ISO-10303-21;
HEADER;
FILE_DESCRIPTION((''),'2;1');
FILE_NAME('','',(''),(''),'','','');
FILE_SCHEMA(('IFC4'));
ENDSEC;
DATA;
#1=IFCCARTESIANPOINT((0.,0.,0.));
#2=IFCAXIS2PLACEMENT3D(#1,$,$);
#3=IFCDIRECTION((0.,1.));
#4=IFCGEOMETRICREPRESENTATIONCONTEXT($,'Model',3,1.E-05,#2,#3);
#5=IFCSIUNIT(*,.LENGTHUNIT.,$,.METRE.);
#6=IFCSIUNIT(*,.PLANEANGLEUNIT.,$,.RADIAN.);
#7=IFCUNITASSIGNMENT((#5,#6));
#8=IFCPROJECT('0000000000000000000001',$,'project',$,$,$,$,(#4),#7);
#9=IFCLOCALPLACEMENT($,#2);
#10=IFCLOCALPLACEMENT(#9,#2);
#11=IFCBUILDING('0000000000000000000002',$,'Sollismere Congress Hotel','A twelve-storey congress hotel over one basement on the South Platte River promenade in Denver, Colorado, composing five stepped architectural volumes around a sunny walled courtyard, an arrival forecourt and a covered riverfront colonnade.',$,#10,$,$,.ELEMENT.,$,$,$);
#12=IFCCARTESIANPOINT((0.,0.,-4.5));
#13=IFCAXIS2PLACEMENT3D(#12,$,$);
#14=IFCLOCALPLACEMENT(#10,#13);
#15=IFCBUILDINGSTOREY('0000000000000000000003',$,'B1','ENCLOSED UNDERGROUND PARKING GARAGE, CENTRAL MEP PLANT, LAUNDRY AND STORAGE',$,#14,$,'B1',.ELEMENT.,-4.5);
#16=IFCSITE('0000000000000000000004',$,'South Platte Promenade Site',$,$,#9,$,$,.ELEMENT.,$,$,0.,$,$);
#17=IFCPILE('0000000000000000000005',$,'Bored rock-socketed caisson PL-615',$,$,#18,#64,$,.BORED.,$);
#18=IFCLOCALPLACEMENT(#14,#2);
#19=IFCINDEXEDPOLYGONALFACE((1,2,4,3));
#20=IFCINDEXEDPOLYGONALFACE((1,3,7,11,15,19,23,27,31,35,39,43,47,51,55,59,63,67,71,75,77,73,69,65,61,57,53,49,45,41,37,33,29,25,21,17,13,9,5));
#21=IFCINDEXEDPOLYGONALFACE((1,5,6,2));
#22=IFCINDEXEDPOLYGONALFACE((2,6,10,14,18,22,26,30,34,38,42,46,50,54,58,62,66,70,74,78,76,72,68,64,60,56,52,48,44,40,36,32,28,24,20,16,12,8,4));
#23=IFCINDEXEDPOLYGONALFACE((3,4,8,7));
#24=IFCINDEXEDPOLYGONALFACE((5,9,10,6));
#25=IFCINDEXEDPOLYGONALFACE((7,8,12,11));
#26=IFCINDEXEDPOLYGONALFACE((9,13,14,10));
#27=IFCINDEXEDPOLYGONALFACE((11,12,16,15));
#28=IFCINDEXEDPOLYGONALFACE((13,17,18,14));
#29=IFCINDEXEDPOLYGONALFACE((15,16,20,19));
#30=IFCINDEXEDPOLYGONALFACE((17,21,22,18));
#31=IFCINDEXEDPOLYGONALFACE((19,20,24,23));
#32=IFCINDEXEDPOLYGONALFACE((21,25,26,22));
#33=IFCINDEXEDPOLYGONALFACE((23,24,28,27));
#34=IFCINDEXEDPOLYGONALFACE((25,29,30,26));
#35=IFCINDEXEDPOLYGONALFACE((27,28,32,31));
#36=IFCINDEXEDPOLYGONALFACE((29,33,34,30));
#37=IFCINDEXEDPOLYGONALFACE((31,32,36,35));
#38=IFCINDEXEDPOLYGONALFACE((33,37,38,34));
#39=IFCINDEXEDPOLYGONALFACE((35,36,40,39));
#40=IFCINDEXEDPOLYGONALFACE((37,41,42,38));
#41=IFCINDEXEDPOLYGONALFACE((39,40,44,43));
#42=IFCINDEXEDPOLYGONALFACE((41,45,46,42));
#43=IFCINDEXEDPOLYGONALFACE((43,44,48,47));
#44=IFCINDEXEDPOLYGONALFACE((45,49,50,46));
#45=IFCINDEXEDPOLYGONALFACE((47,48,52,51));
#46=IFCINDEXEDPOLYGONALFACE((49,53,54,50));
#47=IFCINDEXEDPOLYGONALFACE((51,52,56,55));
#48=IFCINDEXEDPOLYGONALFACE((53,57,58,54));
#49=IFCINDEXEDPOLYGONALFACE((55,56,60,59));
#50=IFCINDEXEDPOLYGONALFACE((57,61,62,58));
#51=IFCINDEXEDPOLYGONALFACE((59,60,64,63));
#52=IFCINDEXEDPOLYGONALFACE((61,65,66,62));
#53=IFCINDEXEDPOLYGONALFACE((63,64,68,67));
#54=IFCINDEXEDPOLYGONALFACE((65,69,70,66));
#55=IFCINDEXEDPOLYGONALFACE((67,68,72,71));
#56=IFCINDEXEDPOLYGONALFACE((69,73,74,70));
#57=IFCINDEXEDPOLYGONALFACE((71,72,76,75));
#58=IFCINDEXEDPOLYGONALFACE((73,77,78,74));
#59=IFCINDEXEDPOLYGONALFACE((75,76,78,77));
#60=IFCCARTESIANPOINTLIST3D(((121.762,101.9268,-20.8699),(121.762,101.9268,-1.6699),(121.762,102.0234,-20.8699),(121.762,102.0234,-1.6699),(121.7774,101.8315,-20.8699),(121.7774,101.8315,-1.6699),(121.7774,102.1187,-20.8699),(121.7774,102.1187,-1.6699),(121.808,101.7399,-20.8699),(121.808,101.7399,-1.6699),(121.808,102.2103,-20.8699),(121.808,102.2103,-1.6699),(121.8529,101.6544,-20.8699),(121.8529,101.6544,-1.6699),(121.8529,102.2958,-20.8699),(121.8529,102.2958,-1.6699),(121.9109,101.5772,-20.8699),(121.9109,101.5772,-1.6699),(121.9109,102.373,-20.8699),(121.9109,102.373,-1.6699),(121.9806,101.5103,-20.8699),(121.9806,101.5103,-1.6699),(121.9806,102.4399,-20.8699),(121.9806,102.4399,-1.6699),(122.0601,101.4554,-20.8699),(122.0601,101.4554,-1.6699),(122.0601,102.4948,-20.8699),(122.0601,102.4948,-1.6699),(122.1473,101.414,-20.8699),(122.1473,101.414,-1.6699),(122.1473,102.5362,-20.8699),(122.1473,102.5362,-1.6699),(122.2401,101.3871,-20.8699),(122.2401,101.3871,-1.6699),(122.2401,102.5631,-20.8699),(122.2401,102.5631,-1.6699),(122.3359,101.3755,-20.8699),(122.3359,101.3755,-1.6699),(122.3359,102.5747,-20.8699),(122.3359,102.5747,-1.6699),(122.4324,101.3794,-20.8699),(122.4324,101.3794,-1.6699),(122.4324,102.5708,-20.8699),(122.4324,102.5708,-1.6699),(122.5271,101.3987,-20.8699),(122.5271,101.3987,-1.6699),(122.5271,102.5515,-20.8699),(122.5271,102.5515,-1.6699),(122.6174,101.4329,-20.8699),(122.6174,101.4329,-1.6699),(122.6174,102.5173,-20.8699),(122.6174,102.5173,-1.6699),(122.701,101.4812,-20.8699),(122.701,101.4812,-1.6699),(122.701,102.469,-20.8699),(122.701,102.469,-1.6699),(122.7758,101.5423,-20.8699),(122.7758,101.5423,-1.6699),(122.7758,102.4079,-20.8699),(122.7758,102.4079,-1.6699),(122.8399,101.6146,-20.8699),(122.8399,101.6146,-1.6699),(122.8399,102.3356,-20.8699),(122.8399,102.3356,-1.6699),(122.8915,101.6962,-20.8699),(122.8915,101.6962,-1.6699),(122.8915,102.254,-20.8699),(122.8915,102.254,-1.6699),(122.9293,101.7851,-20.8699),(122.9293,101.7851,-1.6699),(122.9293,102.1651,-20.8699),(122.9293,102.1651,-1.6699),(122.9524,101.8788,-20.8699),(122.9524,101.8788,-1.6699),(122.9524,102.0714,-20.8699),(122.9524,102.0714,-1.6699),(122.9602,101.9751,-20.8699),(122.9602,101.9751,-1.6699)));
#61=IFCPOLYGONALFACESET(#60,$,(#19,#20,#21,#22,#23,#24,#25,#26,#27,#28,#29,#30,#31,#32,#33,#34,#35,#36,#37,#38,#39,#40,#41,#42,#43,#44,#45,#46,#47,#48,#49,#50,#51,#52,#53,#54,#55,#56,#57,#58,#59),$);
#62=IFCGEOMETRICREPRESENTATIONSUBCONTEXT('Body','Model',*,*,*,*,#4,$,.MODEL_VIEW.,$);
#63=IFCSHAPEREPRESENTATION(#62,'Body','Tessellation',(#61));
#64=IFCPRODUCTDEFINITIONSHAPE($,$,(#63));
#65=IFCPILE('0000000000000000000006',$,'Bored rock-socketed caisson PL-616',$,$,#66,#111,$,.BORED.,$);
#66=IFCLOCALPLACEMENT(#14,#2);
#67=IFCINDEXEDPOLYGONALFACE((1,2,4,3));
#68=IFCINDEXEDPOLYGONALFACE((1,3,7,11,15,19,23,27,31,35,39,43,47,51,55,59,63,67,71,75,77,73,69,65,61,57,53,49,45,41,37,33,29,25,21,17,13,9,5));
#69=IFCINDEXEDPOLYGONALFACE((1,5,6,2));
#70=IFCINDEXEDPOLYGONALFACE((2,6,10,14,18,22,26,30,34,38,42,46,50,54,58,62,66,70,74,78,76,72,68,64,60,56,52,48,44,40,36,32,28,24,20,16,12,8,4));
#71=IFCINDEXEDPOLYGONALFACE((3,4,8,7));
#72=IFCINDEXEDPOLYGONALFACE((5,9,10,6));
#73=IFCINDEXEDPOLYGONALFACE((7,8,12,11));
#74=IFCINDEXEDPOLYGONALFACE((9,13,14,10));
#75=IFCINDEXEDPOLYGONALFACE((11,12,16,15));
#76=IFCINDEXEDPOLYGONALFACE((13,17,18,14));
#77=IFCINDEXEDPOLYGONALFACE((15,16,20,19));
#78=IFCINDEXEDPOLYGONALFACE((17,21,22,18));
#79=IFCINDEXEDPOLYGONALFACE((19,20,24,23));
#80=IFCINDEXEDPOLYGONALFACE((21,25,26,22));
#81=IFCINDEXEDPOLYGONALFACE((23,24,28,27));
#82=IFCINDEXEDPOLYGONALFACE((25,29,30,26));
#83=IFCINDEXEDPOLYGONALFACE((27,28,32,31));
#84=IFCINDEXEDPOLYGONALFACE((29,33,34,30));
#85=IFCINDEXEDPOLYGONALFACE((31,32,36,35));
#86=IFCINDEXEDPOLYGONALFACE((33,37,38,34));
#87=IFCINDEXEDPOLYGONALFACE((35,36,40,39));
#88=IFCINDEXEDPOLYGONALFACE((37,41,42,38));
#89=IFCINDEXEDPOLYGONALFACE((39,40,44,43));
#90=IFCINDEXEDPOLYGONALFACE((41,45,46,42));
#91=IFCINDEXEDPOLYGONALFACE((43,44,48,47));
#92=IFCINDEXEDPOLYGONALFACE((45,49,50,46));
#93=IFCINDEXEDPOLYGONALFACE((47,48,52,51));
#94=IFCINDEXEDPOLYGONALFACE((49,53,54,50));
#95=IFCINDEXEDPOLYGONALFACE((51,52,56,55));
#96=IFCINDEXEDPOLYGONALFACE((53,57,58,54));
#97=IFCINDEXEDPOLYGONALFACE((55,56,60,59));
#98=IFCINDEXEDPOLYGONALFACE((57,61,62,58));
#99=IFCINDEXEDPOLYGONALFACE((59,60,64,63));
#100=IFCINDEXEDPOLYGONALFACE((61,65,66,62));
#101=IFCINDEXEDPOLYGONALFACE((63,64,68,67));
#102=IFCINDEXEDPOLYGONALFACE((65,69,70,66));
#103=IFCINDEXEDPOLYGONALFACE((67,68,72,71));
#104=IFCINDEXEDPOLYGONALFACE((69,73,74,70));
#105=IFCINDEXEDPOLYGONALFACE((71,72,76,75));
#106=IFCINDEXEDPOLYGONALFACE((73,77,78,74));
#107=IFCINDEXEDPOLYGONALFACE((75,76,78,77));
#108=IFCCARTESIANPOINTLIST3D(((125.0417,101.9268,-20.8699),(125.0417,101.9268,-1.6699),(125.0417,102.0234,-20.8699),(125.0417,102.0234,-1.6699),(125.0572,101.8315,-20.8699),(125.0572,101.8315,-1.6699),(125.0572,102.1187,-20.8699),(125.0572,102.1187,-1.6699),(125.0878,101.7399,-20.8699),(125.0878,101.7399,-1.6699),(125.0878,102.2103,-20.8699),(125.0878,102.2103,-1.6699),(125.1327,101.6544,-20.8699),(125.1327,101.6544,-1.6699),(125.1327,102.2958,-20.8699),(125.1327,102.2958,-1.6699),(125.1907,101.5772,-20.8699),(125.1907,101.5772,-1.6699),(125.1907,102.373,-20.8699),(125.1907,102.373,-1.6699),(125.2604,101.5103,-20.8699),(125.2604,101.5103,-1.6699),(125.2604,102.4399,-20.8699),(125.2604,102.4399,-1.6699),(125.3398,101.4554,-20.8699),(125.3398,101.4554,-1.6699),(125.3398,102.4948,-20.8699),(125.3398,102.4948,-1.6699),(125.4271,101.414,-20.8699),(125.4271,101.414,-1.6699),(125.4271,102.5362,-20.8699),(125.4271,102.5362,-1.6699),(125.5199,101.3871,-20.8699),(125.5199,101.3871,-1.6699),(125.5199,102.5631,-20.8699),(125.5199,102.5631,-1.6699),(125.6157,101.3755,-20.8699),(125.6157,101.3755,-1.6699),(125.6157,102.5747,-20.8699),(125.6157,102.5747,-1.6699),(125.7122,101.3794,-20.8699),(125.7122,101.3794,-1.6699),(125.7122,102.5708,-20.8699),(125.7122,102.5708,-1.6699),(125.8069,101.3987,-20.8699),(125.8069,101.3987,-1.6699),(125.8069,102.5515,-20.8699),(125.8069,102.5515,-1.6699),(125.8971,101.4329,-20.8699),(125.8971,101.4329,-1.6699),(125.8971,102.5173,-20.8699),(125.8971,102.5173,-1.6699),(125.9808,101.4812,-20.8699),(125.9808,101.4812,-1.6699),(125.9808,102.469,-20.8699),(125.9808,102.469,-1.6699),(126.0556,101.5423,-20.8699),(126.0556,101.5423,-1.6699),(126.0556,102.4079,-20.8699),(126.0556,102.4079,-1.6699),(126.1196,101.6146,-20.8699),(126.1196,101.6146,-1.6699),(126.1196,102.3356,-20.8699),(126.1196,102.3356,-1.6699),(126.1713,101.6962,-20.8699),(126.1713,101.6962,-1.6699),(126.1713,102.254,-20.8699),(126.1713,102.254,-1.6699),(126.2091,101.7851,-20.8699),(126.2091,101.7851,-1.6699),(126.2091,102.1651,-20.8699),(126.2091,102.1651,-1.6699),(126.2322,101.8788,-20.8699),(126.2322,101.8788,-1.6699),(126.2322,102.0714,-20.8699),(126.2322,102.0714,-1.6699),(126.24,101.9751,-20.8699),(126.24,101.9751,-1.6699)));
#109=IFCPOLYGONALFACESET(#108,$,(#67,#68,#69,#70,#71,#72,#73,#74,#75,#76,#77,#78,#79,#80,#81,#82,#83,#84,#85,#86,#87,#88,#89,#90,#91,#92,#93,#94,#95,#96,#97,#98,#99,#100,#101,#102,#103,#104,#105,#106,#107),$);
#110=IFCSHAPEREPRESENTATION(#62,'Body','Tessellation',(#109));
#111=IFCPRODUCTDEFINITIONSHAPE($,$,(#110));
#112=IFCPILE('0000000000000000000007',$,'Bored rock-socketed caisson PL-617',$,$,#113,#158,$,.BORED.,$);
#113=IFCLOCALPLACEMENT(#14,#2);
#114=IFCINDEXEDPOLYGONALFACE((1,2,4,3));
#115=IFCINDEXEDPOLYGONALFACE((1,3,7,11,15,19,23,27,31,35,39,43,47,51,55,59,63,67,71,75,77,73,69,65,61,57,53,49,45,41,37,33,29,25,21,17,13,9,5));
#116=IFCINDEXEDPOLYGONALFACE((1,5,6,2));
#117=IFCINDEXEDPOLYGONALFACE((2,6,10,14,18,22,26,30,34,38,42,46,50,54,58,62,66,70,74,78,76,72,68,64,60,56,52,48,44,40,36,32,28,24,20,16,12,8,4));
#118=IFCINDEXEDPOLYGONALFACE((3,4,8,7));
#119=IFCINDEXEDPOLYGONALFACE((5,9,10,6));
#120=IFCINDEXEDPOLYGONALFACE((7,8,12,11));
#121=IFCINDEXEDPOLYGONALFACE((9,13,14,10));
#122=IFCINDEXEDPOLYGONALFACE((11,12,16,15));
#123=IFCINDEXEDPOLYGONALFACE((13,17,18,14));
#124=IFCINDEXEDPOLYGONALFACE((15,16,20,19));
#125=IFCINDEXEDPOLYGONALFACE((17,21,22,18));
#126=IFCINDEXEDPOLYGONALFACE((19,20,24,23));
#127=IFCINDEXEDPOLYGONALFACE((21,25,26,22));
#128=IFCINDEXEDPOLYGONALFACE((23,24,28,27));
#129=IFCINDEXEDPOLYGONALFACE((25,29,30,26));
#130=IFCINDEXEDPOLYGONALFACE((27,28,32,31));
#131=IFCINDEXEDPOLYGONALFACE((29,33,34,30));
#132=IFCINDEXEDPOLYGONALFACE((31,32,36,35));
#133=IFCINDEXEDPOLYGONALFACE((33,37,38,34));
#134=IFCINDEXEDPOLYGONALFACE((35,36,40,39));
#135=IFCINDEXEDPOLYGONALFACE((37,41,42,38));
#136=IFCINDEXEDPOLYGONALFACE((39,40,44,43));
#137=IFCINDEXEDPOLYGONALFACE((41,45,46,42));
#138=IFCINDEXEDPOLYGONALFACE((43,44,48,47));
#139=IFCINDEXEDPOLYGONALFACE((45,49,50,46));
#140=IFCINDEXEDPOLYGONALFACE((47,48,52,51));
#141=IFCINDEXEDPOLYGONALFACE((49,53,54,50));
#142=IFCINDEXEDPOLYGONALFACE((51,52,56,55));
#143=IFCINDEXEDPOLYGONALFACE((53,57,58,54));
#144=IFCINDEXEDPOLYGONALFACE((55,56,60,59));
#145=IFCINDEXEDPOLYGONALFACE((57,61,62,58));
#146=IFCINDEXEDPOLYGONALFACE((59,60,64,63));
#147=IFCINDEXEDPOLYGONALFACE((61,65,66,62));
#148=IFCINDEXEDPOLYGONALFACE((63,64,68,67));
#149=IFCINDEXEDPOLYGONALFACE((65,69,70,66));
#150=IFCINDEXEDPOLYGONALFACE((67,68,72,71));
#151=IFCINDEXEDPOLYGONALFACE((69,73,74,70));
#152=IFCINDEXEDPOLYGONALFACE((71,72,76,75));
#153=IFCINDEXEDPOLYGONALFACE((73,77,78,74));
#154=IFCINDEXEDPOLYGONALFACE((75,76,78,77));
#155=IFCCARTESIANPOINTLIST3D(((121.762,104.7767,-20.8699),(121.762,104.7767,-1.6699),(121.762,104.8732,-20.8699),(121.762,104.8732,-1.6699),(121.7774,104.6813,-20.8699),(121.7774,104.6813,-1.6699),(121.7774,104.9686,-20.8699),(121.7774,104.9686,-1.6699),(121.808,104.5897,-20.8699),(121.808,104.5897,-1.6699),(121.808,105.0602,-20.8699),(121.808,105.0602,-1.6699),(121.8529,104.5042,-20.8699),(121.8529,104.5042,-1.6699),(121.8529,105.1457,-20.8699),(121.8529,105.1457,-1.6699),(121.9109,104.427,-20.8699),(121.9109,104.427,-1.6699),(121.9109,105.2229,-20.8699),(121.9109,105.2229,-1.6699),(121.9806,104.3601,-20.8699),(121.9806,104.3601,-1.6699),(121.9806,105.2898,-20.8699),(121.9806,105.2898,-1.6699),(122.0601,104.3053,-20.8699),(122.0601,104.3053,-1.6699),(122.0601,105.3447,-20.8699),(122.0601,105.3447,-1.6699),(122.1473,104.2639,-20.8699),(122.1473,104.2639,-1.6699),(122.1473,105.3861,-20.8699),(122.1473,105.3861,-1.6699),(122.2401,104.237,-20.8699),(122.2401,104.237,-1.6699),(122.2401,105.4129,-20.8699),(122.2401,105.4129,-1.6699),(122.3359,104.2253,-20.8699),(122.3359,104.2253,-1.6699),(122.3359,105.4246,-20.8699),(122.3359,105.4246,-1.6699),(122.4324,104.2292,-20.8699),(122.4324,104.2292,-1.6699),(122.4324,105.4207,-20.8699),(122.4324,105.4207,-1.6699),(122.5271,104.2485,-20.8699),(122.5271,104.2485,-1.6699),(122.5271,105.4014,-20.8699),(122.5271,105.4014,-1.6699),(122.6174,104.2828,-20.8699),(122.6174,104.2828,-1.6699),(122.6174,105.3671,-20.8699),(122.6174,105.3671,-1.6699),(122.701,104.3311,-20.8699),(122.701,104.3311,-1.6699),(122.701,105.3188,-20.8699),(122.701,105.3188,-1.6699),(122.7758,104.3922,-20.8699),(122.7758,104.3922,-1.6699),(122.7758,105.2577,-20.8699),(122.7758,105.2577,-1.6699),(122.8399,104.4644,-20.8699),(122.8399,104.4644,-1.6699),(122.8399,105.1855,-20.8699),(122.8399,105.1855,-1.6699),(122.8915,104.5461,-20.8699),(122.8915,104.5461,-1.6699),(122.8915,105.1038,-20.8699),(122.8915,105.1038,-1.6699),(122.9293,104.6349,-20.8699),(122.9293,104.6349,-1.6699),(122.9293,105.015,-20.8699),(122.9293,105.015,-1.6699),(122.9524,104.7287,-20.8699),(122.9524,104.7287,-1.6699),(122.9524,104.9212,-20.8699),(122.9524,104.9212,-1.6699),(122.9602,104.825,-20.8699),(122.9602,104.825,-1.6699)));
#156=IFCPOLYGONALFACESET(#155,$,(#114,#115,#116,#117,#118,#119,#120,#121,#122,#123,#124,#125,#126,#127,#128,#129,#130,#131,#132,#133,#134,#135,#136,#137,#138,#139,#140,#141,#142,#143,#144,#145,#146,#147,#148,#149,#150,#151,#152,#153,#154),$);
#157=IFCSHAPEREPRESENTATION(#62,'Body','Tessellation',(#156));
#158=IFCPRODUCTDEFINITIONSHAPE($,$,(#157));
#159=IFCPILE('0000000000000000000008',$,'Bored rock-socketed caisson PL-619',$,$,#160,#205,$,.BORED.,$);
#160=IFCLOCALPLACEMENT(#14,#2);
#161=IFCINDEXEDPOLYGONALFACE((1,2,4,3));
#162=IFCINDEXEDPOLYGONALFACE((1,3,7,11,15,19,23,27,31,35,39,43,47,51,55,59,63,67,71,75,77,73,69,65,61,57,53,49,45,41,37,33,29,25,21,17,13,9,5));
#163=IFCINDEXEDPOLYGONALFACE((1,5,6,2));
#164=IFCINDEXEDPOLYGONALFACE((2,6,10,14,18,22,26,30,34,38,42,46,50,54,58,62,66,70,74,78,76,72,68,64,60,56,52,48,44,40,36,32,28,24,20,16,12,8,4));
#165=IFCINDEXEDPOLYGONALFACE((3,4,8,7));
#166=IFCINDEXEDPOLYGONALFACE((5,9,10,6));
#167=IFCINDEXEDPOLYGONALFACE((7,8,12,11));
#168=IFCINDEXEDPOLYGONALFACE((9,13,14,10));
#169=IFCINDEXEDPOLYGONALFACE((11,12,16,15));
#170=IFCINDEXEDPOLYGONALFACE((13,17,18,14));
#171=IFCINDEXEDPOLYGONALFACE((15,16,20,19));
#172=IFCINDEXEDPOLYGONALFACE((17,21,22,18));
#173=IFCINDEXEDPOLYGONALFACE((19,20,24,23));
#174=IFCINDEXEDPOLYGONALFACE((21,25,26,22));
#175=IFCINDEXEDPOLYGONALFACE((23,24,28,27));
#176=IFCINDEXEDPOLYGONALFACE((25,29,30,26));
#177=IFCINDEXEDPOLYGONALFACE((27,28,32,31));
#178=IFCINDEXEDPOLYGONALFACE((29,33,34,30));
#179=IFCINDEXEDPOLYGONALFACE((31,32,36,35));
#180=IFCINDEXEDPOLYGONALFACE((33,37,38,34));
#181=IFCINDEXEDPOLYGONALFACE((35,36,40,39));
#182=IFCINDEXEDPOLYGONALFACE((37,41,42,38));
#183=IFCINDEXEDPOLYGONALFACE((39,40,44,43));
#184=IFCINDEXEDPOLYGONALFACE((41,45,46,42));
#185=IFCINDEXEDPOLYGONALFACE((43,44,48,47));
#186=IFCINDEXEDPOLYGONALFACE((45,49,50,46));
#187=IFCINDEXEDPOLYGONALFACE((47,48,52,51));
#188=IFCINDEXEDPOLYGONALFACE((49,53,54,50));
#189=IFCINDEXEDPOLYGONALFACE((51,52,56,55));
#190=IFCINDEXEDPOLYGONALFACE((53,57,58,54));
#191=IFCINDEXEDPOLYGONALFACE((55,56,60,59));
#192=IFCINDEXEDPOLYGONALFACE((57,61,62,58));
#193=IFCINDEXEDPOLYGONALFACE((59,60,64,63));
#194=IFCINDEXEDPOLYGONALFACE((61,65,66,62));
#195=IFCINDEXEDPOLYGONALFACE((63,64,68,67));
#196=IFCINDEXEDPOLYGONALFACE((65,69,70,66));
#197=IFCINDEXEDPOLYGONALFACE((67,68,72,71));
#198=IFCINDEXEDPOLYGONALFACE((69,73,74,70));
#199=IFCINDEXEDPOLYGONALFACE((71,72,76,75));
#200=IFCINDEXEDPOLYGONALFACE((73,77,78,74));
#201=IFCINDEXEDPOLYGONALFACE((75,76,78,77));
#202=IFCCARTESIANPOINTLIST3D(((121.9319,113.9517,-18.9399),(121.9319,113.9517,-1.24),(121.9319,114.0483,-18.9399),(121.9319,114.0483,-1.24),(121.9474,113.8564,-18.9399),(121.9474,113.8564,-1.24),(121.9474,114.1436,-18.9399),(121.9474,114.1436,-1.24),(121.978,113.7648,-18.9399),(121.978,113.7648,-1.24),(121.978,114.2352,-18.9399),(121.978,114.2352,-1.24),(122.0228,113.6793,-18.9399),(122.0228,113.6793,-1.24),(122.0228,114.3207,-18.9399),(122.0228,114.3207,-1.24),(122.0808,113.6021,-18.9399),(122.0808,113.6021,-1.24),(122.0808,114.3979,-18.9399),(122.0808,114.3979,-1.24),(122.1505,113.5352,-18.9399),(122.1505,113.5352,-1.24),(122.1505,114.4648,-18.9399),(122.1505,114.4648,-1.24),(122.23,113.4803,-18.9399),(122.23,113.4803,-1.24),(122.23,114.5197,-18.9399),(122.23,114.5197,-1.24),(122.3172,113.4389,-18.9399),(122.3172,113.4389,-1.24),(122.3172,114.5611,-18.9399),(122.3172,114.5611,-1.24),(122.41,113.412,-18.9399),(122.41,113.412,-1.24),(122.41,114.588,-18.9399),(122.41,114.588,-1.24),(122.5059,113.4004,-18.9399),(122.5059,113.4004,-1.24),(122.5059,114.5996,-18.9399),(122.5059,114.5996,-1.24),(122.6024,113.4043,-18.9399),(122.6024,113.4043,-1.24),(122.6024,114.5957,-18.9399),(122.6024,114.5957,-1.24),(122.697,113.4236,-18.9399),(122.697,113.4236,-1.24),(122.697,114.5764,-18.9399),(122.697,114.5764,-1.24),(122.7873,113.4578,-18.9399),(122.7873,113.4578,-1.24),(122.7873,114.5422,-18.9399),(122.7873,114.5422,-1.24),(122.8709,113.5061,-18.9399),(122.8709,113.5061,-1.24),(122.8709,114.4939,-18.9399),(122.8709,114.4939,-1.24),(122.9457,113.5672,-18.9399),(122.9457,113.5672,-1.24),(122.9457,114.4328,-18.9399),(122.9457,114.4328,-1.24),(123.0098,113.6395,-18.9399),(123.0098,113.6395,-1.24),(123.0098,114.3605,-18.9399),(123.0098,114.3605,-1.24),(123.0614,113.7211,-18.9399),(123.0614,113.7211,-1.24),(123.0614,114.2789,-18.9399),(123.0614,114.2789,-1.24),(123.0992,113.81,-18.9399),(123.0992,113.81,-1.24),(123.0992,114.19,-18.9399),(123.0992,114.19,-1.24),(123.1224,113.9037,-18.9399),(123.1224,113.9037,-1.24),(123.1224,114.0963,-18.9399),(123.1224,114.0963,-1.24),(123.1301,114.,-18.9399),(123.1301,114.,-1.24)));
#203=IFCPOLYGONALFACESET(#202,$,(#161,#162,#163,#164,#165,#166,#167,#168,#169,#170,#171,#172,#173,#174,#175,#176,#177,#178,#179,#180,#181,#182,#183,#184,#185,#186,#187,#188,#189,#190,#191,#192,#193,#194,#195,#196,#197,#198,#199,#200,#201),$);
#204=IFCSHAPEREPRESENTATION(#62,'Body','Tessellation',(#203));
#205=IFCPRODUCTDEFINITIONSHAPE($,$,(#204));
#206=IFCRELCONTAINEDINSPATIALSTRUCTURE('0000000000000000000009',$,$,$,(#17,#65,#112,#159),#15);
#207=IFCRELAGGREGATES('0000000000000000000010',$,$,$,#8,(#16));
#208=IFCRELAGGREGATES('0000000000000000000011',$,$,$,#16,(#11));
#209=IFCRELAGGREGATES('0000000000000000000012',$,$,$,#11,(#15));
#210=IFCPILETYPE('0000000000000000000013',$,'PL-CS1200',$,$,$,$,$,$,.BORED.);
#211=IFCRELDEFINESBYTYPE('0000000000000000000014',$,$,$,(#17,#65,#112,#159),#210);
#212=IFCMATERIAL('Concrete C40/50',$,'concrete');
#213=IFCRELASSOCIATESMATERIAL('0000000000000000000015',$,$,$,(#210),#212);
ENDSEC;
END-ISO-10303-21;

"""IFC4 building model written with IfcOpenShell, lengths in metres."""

from ifc_helpers import new_model, si_unit, direction, frame, origin, origin_2d, place, context, subcontext, project, spatial, circle, extrude, material, material_profile, profile_set, type_object, element, save


model = new_model("IFC4")

# Units and contexts
model_context = context("Model", 3, precision=1e-05, world=origin(), true_north=direction((0.0, 1.0)))
body_context = subcontext(model_context, "Body", "Model", "MODEL_VIEW")
ifc_project = project(units=[si_unit("LENGTHUNIT", "METRE"), si_unit("PLANEANGLEUNIT", "RADIAN")], contexts=[model_context])

# Site, building, storey
site_placement = place(None, origin())
site = spatial("IfcSite", under=ifc_project, at=site_placement, Name="South Platte Promenade Site", CompositionType="ELEMENT", RefElevation=0.0)
building_placement = place(site_placement, origin())
building = spatial("IfcBuilding", under=site, at=building_placement, Name="Sollismere Congress Hotel", Description="A twelve-storey congress hotel over one basement on the South Platte River promenade in Denver, Colorado, composing five stepped architectural volumes around a sunny walled courtyard, an arrival forecourt and a covered riverfront colonnade.", CompositionType="ELEMENT")
storey_placement = place(building_placement, frame((0.0, 0.0, -4.5)))
storey = spatial("IfcBuildingStorey", under=building, at=storey_placement, Name="B1", Description="ENCLOSED UNDERGROUND PARKING GARAGE, CENTRAL MEP PLANT, LAUNDRY AND STORAGE", LongName="B1", CompositionType="ELEMENT", Elevation=-4.5)

# Shared definitions
ifc_material_1 = material(Name="Concrete C40/50", Category="concrete")

# Piles
ifc_material_profile_1 = material_profile(ifc_material_1, circle(Radius=0.6001, at=origin_2d()), Name="CAISSON1200")
ifc_profile_set_1 = profile_set([ifc_material_profile_1], Name="Concrete C40/50")
pile_type = type_object("IfcPileType", Name="PL-CS1200", PredefinedType="BORED", material=ifc_profile_set_1)
for number, where, z_axis, x_axis, name in (
    (1, (122.3601, 101.9751, -1.6699), (0.0, 0.0, -1.0), (1.0, 0.0, 0.0), "Bored rock-socketed caisson PL-615"),
    (2, (125.6399, 101.9751, -1.6699), (0.0, 0.0, -1.0), (1.0, 0.0, 0.0), "Bored rock-socketed caisson PL-616"),
    (3, (122.3601, 104.825, -1.6699), (0.0, 0.0, -1.0), (1.0, 0.0, 0.0), "Bored rock-socketed caisson PL-617"),
):
    element("IfcPile", number, at=place(storey_placement, frame(where, z_axis=z_axis, x_axis=x_axis)), inside=storey, type_object=pile_type, Name=name, PredefinedType="BORED", context=body_context, shape_type="SweptSolid", body=[
        extrude(circle(Radius=0.6001, at=origin_2d()), origin(), (0.0, 0.0, 1.0), 19.2),
    ])
for number, where, z_axis, x_axis, name in (
    (4, (122.53, 114.0, -1.24), (0.0, 0.0, -1.0), (1.0, 0.0, 0.0), "Bored rock-socketed caisson PL-619"),
):
    element("IfcPile", number, at=place(storey_placement, frame(where, z_axis=z_axis, x_axis=x_axis)), inside=storey, type_object=pile_type, Name=name, PredefinedType="BORED", context=body_context, shape_type="SweptSolid", body=[
        extrude(circle(Radius=0.6001, at=origin_2d()), origin(), (0.0, 0.0, 1.0), 17.7),
    ])

save(model, "model.ifc")
